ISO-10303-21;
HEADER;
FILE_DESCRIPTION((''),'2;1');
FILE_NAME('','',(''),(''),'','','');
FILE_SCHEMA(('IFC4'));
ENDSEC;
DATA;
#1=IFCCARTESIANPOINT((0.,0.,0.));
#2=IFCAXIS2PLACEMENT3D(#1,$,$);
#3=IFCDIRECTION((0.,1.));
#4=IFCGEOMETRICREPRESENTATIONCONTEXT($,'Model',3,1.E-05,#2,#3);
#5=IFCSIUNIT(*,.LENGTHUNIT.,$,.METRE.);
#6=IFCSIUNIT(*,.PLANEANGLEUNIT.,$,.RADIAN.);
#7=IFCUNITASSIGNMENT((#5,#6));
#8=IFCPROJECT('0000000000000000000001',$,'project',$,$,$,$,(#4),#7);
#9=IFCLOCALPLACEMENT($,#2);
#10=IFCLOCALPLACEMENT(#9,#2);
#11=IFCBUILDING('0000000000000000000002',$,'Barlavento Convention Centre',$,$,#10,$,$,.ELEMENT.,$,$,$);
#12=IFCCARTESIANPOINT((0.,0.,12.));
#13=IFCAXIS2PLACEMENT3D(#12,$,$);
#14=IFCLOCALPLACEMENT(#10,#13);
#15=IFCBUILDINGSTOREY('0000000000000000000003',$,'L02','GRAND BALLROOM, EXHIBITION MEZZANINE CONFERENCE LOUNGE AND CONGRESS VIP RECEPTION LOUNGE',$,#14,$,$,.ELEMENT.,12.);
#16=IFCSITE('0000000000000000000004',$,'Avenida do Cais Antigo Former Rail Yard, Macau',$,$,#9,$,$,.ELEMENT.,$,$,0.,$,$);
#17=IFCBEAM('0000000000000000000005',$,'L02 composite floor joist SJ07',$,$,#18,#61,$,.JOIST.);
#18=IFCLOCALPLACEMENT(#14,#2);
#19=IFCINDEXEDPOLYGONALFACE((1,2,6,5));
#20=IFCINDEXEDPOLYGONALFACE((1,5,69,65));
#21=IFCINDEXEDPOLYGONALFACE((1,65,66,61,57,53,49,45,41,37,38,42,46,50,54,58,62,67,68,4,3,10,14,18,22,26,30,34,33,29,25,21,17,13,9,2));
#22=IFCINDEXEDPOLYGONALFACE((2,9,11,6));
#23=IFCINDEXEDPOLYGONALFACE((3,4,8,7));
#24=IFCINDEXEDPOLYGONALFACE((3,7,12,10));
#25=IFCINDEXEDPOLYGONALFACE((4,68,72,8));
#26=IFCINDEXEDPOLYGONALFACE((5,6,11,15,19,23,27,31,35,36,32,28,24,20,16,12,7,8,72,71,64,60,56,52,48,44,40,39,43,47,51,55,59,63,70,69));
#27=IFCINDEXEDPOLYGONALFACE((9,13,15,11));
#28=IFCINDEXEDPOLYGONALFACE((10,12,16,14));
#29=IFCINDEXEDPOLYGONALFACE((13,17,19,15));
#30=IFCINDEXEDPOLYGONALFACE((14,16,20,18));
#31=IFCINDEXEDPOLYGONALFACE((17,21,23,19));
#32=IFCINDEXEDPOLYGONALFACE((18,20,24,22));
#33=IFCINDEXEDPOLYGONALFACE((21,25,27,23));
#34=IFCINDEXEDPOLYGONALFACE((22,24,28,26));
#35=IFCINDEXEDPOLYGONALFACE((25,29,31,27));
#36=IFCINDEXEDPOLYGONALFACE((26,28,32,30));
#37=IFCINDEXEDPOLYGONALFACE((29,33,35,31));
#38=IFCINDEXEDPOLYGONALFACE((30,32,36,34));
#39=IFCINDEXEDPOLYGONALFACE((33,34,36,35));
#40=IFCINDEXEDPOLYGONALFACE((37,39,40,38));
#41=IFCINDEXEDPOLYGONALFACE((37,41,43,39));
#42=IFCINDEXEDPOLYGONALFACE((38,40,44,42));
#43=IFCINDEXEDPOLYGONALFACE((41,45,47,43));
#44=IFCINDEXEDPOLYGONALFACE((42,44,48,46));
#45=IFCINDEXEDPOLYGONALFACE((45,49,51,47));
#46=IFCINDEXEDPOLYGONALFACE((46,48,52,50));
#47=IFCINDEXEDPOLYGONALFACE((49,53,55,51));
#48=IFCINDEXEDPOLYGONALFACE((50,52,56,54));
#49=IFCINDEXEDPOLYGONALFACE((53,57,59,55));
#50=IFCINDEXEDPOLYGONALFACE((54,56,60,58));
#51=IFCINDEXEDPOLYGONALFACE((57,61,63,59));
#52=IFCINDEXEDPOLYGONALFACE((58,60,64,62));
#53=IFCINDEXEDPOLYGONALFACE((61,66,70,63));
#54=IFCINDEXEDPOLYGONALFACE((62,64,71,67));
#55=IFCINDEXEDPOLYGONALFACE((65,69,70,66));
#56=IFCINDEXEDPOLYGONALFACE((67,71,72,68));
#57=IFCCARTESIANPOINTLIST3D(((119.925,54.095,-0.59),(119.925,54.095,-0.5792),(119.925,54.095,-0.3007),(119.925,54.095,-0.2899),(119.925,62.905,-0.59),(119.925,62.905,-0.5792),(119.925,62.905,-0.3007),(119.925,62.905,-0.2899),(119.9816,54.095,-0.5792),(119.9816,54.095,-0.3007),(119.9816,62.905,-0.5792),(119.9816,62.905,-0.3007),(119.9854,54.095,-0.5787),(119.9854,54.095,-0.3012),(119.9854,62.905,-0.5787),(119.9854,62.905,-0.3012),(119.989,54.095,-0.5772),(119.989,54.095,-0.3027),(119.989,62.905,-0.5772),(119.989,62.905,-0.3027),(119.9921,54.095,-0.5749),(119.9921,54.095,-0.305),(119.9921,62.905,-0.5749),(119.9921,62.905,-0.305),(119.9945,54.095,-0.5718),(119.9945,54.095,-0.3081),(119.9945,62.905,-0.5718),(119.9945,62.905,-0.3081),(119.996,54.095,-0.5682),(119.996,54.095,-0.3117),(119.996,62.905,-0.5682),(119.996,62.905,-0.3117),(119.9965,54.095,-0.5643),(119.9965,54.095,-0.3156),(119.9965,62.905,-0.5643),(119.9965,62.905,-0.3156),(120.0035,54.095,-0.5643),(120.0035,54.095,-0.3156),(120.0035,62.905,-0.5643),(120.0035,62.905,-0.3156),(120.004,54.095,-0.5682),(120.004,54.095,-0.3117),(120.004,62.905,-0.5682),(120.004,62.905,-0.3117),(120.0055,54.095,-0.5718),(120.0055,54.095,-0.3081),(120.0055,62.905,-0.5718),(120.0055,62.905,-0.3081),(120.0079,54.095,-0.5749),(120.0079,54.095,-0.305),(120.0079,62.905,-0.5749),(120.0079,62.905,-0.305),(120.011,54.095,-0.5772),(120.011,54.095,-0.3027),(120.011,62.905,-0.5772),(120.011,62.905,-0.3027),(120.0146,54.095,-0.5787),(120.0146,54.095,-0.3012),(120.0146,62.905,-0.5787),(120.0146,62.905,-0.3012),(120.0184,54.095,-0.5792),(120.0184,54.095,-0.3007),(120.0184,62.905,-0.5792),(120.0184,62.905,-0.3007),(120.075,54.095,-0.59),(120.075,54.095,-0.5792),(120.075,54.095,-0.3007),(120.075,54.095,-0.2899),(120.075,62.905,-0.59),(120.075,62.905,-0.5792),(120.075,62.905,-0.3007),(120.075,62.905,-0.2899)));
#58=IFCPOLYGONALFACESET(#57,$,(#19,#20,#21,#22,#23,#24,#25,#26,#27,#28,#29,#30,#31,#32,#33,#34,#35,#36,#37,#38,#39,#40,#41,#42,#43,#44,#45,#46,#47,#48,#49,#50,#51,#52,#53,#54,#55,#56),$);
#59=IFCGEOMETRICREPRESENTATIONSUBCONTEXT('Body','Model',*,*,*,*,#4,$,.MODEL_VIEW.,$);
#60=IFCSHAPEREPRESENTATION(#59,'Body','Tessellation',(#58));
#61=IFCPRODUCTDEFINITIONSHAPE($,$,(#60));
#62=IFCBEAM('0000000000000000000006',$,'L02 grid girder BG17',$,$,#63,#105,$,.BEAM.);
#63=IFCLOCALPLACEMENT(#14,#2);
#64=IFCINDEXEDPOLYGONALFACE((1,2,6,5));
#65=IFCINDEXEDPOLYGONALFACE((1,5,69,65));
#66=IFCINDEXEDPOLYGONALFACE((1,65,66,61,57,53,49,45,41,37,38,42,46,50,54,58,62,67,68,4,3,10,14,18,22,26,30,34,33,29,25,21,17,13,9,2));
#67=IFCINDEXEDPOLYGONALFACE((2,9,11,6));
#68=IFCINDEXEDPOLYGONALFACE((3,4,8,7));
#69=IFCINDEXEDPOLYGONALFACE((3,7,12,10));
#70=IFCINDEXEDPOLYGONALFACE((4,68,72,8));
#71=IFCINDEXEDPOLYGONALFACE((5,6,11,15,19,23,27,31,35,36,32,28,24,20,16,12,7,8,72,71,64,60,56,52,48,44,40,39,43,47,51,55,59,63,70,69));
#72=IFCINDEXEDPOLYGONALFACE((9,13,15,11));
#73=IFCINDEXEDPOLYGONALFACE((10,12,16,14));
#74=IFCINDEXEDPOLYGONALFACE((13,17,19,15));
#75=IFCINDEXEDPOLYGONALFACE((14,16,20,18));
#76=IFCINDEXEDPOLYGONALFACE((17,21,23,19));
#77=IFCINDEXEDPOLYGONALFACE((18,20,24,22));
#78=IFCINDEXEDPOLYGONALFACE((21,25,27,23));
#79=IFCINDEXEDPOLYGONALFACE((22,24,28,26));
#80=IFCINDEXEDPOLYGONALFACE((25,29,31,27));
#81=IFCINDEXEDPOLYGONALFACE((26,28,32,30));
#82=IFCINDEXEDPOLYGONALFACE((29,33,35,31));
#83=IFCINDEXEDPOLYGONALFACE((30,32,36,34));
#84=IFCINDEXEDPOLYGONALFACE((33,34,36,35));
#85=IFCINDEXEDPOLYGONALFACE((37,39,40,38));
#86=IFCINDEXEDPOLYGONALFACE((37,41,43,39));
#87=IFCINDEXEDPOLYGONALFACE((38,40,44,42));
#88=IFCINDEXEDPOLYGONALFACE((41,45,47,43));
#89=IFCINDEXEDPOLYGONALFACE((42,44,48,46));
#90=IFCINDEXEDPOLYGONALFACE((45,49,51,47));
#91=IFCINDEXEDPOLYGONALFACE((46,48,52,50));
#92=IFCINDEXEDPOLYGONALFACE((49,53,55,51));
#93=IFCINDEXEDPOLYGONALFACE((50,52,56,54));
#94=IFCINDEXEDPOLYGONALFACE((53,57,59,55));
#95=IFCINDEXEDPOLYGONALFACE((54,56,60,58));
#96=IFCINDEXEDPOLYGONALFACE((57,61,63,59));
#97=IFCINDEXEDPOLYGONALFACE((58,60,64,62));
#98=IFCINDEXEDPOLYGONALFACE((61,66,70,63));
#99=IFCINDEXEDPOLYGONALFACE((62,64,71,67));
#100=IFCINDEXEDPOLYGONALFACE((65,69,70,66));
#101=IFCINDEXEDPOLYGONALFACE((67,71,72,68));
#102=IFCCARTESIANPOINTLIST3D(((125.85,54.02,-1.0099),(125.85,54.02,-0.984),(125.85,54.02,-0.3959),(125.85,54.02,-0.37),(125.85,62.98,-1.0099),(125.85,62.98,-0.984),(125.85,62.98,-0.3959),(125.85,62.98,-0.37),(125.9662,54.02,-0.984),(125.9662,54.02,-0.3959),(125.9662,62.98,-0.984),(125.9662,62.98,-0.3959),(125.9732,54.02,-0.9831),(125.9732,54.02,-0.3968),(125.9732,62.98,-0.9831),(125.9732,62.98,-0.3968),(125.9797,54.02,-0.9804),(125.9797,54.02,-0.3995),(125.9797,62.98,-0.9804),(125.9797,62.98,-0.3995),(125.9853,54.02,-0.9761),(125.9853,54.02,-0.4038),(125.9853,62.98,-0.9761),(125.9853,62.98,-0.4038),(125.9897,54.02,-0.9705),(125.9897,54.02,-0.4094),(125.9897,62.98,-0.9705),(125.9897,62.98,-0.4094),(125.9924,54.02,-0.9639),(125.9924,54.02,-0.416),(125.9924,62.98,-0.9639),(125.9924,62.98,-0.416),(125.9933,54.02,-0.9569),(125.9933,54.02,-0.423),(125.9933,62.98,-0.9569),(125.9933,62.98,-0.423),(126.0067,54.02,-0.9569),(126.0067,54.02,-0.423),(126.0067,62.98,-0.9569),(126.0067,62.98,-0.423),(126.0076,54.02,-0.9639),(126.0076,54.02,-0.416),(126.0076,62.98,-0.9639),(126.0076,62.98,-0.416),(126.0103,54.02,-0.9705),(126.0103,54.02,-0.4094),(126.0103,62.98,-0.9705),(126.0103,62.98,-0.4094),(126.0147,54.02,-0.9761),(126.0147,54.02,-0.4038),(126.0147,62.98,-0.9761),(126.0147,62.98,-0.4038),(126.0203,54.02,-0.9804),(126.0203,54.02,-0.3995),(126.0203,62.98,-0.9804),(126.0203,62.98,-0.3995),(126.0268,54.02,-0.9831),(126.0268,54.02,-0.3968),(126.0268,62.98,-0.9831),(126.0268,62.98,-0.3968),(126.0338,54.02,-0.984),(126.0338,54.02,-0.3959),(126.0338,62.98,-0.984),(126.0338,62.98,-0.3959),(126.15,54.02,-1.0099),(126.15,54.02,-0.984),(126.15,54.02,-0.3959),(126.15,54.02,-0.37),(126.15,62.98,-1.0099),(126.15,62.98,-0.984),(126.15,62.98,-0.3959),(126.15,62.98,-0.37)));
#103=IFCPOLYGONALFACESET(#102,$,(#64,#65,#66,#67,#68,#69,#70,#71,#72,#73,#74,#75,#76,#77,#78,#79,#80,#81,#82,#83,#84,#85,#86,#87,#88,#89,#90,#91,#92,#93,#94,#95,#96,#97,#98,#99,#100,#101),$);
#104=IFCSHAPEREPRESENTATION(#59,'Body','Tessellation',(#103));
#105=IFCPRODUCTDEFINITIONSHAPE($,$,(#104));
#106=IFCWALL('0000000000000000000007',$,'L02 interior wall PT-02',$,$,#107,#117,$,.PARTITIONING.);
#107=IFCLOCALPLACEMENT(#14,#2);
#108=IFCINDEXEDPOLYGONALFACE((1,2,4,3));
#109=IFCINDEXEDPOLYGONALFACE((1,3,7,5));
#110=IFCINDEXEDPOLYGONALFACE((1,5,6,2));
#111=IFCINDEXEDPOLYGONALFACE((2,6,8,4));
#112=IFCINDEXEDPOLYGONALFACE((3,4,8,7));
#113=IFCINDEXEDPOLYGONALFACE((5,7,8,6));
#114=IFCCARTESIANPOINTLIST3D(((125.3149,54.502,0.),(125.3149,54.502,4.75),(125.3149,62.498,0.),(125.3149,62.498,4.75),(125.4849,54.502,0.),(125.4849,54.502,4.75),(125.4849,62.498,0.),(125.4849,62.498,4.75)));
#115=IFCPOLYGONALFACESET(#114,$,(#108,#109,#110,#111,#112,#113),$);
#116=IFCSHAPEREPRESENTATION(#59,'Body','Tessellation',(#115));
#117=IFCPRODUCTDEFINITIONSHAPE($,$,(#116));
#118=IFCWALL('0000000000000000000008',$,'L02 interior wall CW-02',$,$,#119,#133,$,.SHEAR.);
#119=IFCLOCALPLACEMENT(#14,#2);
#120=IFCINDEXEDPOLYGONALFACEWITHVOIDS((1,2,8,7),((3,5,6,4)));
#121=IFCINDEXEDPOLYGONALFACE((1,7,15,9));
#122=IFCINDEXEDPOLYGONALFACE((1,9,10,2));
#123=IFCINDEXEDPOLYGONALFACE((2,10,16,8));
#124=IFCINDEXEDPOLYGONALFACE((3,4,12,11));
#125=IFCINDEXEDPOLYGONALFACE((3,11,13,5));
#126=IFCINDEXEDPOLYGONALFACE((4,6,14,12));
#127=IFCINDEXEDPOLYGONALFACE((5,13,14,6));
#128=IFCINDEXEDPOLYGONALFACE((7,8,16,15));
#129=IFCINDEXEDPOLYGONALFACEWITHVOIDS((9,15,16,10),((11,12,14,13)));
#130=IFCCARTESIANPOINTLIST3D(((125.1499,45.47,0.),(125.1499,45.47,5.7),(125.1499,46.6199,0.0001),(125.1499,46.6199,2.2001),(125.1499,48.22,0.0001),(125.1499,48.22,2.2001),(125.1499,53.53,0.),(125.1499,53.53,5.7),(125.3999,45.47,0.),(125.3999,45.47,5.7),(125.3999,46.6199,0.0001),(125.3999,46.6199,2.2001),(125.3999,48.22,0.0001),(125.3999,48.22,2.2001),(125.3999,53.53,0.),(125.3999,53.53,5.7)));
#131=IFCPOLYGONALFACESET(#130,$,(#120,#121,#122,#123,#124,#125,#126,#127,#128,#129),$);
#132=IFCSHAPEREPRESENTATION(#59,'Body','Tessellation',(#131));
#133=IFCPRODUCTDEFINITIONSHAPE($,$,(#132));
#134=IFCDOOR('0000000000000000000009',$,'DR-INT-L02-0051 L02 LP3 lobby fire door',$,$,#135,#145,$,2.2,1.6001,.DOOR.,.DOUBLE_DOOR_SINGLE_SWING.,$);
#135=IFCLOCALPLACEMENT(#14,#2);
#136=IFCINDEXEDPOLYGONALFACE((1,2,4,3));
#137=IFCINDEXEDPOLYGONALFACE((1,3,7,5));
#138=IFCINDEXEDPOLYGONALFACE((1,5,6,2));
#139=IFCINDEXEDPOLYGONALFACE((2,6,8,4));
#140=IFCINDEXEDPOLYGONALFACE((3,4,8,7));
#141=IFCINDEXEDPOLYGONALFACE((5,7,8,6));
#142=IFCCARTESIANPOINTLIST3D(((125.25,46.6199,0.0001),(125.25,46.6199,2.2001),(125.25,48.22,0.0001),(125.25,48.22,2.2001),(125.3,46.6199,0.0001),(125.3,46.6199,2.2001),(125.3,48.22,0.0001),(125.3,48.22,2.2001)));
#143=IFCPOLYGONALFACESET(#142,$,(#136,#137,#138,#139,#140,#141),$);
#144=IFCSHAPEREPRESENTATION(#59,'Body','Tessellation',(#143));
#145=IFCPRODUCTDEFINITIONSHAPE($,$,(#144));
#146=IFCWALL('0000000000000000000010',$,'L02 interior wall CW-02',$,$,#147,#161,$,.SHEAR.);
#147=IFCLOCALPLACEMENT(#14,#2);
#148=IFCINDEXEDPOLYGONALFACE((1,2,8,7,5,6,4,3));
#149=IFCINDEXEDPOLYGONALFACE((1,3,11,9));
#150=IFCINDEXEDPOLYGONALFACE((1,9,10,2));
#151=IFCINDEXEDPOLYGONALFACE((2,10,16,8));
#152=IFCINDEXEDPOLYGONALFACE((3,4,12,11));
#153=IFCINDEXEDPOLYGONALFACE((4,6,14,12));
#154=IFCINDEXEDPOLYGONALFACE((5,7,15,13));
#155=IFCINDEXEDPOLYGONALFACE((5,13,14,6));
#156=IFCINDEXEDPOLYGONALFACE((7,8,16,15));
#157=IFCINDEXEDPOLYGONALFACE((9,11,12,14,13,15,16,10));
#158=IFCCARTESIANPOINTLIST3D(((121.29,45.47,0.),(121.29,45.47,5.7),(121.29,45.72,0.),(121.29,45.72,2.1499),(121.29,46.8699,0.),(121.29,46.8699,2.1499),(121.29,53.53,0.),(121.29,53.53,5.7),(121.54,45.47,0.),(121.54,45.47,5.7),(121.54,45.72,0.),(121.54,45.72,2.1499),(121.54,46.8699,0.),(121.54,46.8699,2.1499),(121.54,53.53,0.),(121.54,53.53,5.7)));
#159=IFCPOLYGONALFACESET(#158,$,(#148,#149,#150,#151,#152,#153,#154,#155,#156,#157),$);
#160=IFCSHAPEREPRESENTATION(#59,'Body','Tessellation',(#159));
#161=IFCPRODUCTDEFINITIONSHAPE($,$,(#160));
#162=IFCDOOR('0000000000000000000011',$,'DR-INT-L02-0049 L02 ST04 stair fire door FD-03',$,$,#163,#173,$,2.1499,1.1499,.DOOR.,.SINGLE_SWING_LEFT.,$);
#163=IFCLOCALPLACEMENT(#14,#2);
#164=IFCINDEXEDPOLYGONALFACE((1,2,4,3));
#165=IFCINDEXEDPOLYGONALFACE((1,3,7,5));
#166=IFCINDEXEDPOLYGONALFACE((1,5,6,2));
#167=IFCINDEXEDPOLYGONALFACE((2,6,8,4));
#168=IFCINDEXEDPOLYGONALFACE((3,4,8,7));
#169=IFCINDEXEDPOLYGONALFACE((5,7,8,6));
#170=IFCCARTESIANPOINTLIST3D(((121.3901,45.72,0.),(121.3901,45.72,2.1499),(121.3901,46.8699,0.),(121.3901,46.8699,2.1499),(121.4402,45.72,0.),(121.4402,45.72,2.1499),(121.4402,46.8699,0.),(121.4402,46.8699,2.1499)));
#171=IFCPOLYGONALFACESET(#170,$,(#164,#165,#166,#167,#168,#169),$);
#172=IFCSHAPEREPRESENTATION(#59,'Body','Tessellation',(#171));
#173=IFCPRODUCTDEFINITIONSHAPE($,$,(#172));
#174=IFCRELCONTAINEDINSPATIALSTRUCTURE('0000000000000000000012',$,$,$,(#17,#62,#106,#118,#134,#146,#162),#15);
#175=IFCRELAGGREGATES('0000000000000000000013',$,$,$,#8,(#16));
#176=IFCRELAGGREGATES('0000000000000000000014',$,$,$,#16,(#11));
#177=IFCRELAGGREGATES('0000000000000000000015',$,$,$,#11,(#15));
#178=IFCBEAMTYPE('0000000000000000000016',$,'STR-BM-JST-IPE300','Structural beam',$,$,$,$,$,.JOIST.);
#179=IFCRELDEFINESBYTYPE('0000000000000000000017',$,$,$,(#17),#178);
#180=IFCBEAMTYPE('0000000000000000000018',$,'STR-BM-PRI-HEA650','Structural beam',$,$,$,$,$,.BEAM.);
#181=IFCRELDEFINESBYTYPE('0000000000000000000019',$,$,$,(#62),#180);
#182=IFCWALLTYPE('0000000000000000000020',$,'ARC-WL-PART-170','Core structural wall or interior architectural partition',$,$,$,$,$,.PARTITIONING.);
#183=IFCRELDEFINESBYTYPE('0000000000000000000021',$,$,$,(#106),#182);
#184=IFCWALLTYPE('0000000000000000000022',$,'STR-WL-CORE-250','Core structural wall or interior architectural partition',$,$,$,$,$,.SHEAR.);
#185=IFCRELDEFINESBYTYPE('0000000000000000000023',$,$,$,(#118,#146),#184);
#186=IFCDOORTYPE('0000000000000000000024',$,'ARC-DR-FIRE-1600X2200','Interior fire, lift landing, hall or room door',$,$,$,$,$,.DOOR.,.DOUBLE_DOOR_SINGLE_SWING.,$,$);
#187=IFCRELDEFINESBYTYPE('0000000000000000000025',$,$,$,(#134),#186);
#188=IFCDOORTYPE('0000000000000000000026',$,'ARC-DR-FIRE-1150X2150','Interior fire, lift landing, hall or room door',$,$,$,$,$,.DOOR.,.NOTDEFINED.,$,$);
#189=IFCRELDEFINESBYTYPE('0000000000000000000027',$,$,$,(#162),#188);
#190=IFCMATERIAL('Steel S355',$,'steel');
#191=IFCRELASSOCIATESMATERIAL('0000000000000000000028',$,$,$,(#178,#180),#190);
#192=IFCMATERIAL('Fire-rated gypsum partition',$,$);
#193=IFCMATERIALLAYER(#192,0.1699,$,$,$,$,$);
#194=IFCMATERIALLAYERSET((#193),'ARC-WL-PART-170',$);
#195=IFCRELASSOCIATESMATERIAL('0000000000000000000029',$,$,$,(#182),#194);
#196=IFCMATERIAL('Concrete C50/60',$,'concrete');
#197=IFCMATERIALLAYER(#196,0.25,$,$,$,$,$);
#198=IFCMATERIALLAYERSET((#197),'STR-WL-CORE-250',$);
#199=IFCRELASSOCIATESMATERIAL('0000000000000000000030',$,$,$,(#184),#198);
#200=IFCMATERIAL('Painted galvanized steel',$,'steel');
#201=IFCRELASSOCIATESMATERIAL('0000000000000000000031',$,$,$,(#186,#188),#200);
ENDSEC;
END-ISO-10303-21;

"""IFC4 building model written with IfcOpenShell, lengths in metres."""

from ifc_helpers import new_model, si_unit, direction, frame, frame_2d, origin, origin_2d, place, context, subcontext, project, spatial, rectangle, i_section, extrude, material, layer, layer_set, material_profile, profile_set, type_object, element, fill, save


model = new_model("IFC4")

# Units and contexts
model_context = context("Model", 3, precision=1e-05, world=origin(), true_north=direction((0.0, 1.0)))
body_context = subcontext(model_context, "Body", "Model", "MODEL_VIEW")
ifc_project = project(units=[si_unit("LENGTHUNIT", "METRE"), si_unit("PLANEANGLEUNIT", "RADIAN")], contexts=[model_context])

# Site, building, storey
site_placement = place(None, origin())
site = spatial("IfcSite", under=ifc_project, at=site_placement, Name="Avenida do Cais Antigo Former Rail Yard, Macau", CompositionType="ELEMENT", RefElevation=0.0)
building_placement = place(site_placement, origin())
building = spatial("IfcBuilding", under=site, at=building_placement, Name="Barlavento Convention Centre", CompositionType="ELEMENT")
storey_placement = place(building_placement, frame((0.0, 0.0, 12.0)))
storey = spatial("IfcBuildingStorey", under=building, at=storey_placement, Name="L02", Description="GRAND BALLROOM, EXHIBITION MEZZANINE CONFERENCE LOUNGE AND CONGRESS VIP RECEPTION LOUNGE", CompositionType="ELEMENT", Elevation=12.0)

# Shared definitions
ifc_material_1 = material(Name="Steel S355", Category="steel")

# Beams
ifc_material_profile_1 = material_profile(ifc_material_1, i_section(OverallWidth=0.1499, OverallDepth=0.3, WebThickness=0.0071, FlangeThickness=0.0107, FilletRadius=0.0149, at=origin_2d()), Name="IPE 300")
ifc_profile_set_1 = profile_set([ifc_material_profile_1], Name="Steel S355")
beam_type_1 = type_object("IfcBeamType", Name="STR-BM-JST-IPE300", Description="Structural beam", PredefinedType="JOIST", material=ifc_profile_set_1)
beam_1_placement = place(storey_placement, frame((120.0, 54.095, -0.4399), z_axis=(0.0, 1.0, 0.0), x_axis=(-1.0, 0.0, 0.0)))
element("IfcBeam", 1, at=beam_1_placement, inside=storey, type_object=beam_type_1, Name="L02 composite floor joist SJ07", PredefinedType="JOIST", context=body_context, shape_type="SweptSolid", body=[
    extrude(i_section(OverallWidth=0.1499, OverallDepth=0.3, WebThickness=0.0071, FlangeThickness=0.0107, FilletRadius=0.0149, at=origin_2d()), origin(), (0.0, 0.0, 1.0), 8.8101),
])
ifc_material_profile_2 = material_profile(ifc_material_1, i_section(OverallWidth=0.3, OverallDepth=0.6399, WebThickness=0.0134, FlangeThickness=0.0259, FilletRadius=0.0271, at=origin_2d()), Name="HEA 650")
ifc_profile_set_2 = profile_set([ifc_material_profile_2], Name="Steel S355")
beam_type_2 = type_object("IfcBeamType", Name="STR-BM-PRI-HEA650", Description="Structural beam", PredefinedType="BEAM", material=ifc_profile_set_2)
beam_2_placement = place(storey_placement, frame((126.0, 54.02, -0.6899), z_axis=(0.0, 1.0, 0.0), x_axis=(-1.0, 0.0, 0.0)))
element("IfcBeam", 2, at=beam_2_placement, inside=storey, type_object=beam_type_2, Name="L02 grid girder BG17", PredefinedType="BEAM", context=body_context, shape_type="SweptSolid", body=[
    extrude(i_section(OverallWidth=0.3, OverallDepth=0.6399, WebThickness=0.0134, FlangeThickness=0.0259, FilletRadius=0.0271, at=origin_2d()), origin(), (0.0, 0.0, 1.0), 8.96),
])

# Wall
ifc_material_2 = material(Name="Fire-rated gypsum partition")
ifc_layer_1 = layer(ifc_material_2, 0.1699)
ifc_layer_set_1 = layer_set([ifc_layer_1], Name="ARC-WL-PART-170")
wall_type_1 = type_object("IfcWallType", Name="ARC-WL-PART-170", Description="Core structural wall or interior architectural partition", PredefinedType="PARTITIONING", material=ifc_layer_set_1)
wall_1_placement = place(storey_placement, frame((125.3999, 54.502, 0.0), z_axis=(0.0, 0.0, 1.0), x_axis=(0.0, 1.0, 0.0)))
element("IfcWall", 3, at=wall_1_placement, inside=storey, type_object=wall_type_1, Name="L02 interior wall PT-02", PredefinedType="PARTITIONING", context=body_context, shape_type="SweptSolid", body=[
    extrude(rectangle(XDim=7.9961, YDim=0.1699, at=frame_2d((3.998, 0.0))), origin(), (0.0, 0.0, 1.0), 4.75),
])

# Walls, openings, doors
ifc_material_3 = material(Name="Concrete C50/60", Category="concrete")
ifc_layer_2 = layer(ifc_material_3, 0.25)
ifc_layer_set_2 = layer_set([ifc_layer_2], Name="STR-WL-CORE-250")
wall_type_2 = type_object("IfcWallType", Name="STR-WL-CORE-250", Description="Core structural wall or interior architectural partition", PredefinedType="SHEAR", material=ifc_layer_set_2)
wall_2_placement = place(storey_placement, frame((125.2749, 45.47, 0.0), z_axis=(0.0, 0.0, 1.0), x_axis=(0.0, 1.0, 0.0)))
wall_2 = element("IfcWall", 4, at=wall_2_placement, inside=storey, type_object=wall_type_2, Name="L02 interior wall CW-02", PredefinedType="SHEAR", context=body_context, shape_type="SweptSolid", body=[
    extrude(rectangle(XDim=8.0601, YDim=0.25, at=frame_2d((4.03, 0.0))), origin(), (0.0, 0.0, 1.0), 5.7),
])
opening_1_placement = place(wall_2_placement, frame((1.1499, 0.0, 0.0)))
opening_1 = element("IfcOpeningElement", 5, at=opening_1_placement, cuts=wall_2, PredefinedType="OPENING", context=body_context, shape_type="SweptSolid", body=[
    extrude(rectangle(XDim=1.6001, YDim=2.2, at=frame_2d((0.8, 1.1001))), frame((0.0, 0.135, 0.0), z_axis=(0.0, -1.0, 0.0), x_axis=(1.0, 0.0, 0.0)), (0.0, 0.0, 1.0), 0.27),
])
ifc_material_4 = material(Name="Painted galvanized steel", Category="steel")
door_type_1 = type_object("IfcDoorType", Name="ARC-DR-FIRE-1600X2200", Description="Interior fire, lift landing, hall or room door", OperationType="DOUBLE_DOOR_SINGLE_SWING", PredefinedType="DOOR", material=ifc_material_4)
door_1_placement = place(opening_1_placement, origin())
door_1 = element("IfcDoor", 6, at=door_1_placement, inside=storey, type_object=door_type_1, Name="DR-INT-L02-0051 L02 LP3 lobby fire door", OperationType="DOUBLE_DOOR_SINGLE_SWING", OverallHeight=2.2, OverallWidth=1.6001, PredefinedType="DOOR", context=body_context, shape_type="SweptSolid", body=[
    extrude(rectangle(XDim=1.6001, YDim=2.2, at=frame_2d((0.8, 1.1001))), frame((0.0, 0.0249, 0.0), z_axis=(0.0, -1.0, 0.0), x_axis=(1.0, 0.0, 0.0)), (0.0, 0.0, 1.0), 0.05),
])
fill(opening_1, door_1)
wall_3_placement = place(storey_placement, frame((121.415, 45.47, 0.0), z_axis=(0.0, 0.0, 1.0), x_axis=(0.0, 1.0, 0.0)))
wall_3 = element("IfcWall", 7, at=wall_3_placement, inside=storey, type_object=wall_type_2, Name="L02 interior wall CW-02", PredefinedType="SHEAR", context=body_context, shape_type="SweptSolid", body=[
    extrude(rectangle(XDim=8.0601, YDim=0.25, at=frame_2d((4.03, 0.0))), origin(), (0.0, 0.0, 1.0), 5.7),
])
opening_2_placement = place(wall_3_placement, frame((0.25, 0.0, 0.0)))
opening_2 = element("IfcOpeningElement", 8, at=opening_2_placement, cuts=wall_3, PredefinedType="OPENING", context=body_context, shape_type="SweptSolid", body=[
    extrude(rectangle(XDim=1.1499, YDim=2.1499, at=frame_2d((0.575, 1.075))), frame((0.0, 0.135, 0.0), z_axis=(0.0, -1.0, 0.0), x_axis=(1.0, 0.0, 0.0)), (0.0, 0.0, 1.0), 0.27),
])
door_type_2 = type_object("IfcDoorType", Name="ARC-DR-FIRE-1150X2150", Description="Interior fire, lift landing, hall or room door", OperationType="NOTDEFINED", PredefinedType="DOOR", material=ifc_material_4)
door_2_placement = place(opening_2_placement, origin())
door_2 = element("IfcDoor", 9, at=door_2_placement, inside=storey, type_object=door_type_2, Name="DR-INT-L02-0049 L02 ST04 stair fire door FD-03", OperationType="SINGLE_SWING_LEFT", OverallHeight=2.1499, OverallWidth=1.1499, PredefinedType="DOOR", context=body_context, shape_type="SweptSolid", body=[
    extrude(rectangle(XDim=1.1499, YDim=2.1499, at=frame_2d((0.575, 1.075))), frame((0.0, 0.0249, 0.0), z_axis=(0.0, -1.0, 0.0), x_axis=(1.0, 0.0, 0.0)), (0.0, 0.0, 1.0), 0.05),
])
fill(opening_2, door_2)

save(model, "model.ifc")
